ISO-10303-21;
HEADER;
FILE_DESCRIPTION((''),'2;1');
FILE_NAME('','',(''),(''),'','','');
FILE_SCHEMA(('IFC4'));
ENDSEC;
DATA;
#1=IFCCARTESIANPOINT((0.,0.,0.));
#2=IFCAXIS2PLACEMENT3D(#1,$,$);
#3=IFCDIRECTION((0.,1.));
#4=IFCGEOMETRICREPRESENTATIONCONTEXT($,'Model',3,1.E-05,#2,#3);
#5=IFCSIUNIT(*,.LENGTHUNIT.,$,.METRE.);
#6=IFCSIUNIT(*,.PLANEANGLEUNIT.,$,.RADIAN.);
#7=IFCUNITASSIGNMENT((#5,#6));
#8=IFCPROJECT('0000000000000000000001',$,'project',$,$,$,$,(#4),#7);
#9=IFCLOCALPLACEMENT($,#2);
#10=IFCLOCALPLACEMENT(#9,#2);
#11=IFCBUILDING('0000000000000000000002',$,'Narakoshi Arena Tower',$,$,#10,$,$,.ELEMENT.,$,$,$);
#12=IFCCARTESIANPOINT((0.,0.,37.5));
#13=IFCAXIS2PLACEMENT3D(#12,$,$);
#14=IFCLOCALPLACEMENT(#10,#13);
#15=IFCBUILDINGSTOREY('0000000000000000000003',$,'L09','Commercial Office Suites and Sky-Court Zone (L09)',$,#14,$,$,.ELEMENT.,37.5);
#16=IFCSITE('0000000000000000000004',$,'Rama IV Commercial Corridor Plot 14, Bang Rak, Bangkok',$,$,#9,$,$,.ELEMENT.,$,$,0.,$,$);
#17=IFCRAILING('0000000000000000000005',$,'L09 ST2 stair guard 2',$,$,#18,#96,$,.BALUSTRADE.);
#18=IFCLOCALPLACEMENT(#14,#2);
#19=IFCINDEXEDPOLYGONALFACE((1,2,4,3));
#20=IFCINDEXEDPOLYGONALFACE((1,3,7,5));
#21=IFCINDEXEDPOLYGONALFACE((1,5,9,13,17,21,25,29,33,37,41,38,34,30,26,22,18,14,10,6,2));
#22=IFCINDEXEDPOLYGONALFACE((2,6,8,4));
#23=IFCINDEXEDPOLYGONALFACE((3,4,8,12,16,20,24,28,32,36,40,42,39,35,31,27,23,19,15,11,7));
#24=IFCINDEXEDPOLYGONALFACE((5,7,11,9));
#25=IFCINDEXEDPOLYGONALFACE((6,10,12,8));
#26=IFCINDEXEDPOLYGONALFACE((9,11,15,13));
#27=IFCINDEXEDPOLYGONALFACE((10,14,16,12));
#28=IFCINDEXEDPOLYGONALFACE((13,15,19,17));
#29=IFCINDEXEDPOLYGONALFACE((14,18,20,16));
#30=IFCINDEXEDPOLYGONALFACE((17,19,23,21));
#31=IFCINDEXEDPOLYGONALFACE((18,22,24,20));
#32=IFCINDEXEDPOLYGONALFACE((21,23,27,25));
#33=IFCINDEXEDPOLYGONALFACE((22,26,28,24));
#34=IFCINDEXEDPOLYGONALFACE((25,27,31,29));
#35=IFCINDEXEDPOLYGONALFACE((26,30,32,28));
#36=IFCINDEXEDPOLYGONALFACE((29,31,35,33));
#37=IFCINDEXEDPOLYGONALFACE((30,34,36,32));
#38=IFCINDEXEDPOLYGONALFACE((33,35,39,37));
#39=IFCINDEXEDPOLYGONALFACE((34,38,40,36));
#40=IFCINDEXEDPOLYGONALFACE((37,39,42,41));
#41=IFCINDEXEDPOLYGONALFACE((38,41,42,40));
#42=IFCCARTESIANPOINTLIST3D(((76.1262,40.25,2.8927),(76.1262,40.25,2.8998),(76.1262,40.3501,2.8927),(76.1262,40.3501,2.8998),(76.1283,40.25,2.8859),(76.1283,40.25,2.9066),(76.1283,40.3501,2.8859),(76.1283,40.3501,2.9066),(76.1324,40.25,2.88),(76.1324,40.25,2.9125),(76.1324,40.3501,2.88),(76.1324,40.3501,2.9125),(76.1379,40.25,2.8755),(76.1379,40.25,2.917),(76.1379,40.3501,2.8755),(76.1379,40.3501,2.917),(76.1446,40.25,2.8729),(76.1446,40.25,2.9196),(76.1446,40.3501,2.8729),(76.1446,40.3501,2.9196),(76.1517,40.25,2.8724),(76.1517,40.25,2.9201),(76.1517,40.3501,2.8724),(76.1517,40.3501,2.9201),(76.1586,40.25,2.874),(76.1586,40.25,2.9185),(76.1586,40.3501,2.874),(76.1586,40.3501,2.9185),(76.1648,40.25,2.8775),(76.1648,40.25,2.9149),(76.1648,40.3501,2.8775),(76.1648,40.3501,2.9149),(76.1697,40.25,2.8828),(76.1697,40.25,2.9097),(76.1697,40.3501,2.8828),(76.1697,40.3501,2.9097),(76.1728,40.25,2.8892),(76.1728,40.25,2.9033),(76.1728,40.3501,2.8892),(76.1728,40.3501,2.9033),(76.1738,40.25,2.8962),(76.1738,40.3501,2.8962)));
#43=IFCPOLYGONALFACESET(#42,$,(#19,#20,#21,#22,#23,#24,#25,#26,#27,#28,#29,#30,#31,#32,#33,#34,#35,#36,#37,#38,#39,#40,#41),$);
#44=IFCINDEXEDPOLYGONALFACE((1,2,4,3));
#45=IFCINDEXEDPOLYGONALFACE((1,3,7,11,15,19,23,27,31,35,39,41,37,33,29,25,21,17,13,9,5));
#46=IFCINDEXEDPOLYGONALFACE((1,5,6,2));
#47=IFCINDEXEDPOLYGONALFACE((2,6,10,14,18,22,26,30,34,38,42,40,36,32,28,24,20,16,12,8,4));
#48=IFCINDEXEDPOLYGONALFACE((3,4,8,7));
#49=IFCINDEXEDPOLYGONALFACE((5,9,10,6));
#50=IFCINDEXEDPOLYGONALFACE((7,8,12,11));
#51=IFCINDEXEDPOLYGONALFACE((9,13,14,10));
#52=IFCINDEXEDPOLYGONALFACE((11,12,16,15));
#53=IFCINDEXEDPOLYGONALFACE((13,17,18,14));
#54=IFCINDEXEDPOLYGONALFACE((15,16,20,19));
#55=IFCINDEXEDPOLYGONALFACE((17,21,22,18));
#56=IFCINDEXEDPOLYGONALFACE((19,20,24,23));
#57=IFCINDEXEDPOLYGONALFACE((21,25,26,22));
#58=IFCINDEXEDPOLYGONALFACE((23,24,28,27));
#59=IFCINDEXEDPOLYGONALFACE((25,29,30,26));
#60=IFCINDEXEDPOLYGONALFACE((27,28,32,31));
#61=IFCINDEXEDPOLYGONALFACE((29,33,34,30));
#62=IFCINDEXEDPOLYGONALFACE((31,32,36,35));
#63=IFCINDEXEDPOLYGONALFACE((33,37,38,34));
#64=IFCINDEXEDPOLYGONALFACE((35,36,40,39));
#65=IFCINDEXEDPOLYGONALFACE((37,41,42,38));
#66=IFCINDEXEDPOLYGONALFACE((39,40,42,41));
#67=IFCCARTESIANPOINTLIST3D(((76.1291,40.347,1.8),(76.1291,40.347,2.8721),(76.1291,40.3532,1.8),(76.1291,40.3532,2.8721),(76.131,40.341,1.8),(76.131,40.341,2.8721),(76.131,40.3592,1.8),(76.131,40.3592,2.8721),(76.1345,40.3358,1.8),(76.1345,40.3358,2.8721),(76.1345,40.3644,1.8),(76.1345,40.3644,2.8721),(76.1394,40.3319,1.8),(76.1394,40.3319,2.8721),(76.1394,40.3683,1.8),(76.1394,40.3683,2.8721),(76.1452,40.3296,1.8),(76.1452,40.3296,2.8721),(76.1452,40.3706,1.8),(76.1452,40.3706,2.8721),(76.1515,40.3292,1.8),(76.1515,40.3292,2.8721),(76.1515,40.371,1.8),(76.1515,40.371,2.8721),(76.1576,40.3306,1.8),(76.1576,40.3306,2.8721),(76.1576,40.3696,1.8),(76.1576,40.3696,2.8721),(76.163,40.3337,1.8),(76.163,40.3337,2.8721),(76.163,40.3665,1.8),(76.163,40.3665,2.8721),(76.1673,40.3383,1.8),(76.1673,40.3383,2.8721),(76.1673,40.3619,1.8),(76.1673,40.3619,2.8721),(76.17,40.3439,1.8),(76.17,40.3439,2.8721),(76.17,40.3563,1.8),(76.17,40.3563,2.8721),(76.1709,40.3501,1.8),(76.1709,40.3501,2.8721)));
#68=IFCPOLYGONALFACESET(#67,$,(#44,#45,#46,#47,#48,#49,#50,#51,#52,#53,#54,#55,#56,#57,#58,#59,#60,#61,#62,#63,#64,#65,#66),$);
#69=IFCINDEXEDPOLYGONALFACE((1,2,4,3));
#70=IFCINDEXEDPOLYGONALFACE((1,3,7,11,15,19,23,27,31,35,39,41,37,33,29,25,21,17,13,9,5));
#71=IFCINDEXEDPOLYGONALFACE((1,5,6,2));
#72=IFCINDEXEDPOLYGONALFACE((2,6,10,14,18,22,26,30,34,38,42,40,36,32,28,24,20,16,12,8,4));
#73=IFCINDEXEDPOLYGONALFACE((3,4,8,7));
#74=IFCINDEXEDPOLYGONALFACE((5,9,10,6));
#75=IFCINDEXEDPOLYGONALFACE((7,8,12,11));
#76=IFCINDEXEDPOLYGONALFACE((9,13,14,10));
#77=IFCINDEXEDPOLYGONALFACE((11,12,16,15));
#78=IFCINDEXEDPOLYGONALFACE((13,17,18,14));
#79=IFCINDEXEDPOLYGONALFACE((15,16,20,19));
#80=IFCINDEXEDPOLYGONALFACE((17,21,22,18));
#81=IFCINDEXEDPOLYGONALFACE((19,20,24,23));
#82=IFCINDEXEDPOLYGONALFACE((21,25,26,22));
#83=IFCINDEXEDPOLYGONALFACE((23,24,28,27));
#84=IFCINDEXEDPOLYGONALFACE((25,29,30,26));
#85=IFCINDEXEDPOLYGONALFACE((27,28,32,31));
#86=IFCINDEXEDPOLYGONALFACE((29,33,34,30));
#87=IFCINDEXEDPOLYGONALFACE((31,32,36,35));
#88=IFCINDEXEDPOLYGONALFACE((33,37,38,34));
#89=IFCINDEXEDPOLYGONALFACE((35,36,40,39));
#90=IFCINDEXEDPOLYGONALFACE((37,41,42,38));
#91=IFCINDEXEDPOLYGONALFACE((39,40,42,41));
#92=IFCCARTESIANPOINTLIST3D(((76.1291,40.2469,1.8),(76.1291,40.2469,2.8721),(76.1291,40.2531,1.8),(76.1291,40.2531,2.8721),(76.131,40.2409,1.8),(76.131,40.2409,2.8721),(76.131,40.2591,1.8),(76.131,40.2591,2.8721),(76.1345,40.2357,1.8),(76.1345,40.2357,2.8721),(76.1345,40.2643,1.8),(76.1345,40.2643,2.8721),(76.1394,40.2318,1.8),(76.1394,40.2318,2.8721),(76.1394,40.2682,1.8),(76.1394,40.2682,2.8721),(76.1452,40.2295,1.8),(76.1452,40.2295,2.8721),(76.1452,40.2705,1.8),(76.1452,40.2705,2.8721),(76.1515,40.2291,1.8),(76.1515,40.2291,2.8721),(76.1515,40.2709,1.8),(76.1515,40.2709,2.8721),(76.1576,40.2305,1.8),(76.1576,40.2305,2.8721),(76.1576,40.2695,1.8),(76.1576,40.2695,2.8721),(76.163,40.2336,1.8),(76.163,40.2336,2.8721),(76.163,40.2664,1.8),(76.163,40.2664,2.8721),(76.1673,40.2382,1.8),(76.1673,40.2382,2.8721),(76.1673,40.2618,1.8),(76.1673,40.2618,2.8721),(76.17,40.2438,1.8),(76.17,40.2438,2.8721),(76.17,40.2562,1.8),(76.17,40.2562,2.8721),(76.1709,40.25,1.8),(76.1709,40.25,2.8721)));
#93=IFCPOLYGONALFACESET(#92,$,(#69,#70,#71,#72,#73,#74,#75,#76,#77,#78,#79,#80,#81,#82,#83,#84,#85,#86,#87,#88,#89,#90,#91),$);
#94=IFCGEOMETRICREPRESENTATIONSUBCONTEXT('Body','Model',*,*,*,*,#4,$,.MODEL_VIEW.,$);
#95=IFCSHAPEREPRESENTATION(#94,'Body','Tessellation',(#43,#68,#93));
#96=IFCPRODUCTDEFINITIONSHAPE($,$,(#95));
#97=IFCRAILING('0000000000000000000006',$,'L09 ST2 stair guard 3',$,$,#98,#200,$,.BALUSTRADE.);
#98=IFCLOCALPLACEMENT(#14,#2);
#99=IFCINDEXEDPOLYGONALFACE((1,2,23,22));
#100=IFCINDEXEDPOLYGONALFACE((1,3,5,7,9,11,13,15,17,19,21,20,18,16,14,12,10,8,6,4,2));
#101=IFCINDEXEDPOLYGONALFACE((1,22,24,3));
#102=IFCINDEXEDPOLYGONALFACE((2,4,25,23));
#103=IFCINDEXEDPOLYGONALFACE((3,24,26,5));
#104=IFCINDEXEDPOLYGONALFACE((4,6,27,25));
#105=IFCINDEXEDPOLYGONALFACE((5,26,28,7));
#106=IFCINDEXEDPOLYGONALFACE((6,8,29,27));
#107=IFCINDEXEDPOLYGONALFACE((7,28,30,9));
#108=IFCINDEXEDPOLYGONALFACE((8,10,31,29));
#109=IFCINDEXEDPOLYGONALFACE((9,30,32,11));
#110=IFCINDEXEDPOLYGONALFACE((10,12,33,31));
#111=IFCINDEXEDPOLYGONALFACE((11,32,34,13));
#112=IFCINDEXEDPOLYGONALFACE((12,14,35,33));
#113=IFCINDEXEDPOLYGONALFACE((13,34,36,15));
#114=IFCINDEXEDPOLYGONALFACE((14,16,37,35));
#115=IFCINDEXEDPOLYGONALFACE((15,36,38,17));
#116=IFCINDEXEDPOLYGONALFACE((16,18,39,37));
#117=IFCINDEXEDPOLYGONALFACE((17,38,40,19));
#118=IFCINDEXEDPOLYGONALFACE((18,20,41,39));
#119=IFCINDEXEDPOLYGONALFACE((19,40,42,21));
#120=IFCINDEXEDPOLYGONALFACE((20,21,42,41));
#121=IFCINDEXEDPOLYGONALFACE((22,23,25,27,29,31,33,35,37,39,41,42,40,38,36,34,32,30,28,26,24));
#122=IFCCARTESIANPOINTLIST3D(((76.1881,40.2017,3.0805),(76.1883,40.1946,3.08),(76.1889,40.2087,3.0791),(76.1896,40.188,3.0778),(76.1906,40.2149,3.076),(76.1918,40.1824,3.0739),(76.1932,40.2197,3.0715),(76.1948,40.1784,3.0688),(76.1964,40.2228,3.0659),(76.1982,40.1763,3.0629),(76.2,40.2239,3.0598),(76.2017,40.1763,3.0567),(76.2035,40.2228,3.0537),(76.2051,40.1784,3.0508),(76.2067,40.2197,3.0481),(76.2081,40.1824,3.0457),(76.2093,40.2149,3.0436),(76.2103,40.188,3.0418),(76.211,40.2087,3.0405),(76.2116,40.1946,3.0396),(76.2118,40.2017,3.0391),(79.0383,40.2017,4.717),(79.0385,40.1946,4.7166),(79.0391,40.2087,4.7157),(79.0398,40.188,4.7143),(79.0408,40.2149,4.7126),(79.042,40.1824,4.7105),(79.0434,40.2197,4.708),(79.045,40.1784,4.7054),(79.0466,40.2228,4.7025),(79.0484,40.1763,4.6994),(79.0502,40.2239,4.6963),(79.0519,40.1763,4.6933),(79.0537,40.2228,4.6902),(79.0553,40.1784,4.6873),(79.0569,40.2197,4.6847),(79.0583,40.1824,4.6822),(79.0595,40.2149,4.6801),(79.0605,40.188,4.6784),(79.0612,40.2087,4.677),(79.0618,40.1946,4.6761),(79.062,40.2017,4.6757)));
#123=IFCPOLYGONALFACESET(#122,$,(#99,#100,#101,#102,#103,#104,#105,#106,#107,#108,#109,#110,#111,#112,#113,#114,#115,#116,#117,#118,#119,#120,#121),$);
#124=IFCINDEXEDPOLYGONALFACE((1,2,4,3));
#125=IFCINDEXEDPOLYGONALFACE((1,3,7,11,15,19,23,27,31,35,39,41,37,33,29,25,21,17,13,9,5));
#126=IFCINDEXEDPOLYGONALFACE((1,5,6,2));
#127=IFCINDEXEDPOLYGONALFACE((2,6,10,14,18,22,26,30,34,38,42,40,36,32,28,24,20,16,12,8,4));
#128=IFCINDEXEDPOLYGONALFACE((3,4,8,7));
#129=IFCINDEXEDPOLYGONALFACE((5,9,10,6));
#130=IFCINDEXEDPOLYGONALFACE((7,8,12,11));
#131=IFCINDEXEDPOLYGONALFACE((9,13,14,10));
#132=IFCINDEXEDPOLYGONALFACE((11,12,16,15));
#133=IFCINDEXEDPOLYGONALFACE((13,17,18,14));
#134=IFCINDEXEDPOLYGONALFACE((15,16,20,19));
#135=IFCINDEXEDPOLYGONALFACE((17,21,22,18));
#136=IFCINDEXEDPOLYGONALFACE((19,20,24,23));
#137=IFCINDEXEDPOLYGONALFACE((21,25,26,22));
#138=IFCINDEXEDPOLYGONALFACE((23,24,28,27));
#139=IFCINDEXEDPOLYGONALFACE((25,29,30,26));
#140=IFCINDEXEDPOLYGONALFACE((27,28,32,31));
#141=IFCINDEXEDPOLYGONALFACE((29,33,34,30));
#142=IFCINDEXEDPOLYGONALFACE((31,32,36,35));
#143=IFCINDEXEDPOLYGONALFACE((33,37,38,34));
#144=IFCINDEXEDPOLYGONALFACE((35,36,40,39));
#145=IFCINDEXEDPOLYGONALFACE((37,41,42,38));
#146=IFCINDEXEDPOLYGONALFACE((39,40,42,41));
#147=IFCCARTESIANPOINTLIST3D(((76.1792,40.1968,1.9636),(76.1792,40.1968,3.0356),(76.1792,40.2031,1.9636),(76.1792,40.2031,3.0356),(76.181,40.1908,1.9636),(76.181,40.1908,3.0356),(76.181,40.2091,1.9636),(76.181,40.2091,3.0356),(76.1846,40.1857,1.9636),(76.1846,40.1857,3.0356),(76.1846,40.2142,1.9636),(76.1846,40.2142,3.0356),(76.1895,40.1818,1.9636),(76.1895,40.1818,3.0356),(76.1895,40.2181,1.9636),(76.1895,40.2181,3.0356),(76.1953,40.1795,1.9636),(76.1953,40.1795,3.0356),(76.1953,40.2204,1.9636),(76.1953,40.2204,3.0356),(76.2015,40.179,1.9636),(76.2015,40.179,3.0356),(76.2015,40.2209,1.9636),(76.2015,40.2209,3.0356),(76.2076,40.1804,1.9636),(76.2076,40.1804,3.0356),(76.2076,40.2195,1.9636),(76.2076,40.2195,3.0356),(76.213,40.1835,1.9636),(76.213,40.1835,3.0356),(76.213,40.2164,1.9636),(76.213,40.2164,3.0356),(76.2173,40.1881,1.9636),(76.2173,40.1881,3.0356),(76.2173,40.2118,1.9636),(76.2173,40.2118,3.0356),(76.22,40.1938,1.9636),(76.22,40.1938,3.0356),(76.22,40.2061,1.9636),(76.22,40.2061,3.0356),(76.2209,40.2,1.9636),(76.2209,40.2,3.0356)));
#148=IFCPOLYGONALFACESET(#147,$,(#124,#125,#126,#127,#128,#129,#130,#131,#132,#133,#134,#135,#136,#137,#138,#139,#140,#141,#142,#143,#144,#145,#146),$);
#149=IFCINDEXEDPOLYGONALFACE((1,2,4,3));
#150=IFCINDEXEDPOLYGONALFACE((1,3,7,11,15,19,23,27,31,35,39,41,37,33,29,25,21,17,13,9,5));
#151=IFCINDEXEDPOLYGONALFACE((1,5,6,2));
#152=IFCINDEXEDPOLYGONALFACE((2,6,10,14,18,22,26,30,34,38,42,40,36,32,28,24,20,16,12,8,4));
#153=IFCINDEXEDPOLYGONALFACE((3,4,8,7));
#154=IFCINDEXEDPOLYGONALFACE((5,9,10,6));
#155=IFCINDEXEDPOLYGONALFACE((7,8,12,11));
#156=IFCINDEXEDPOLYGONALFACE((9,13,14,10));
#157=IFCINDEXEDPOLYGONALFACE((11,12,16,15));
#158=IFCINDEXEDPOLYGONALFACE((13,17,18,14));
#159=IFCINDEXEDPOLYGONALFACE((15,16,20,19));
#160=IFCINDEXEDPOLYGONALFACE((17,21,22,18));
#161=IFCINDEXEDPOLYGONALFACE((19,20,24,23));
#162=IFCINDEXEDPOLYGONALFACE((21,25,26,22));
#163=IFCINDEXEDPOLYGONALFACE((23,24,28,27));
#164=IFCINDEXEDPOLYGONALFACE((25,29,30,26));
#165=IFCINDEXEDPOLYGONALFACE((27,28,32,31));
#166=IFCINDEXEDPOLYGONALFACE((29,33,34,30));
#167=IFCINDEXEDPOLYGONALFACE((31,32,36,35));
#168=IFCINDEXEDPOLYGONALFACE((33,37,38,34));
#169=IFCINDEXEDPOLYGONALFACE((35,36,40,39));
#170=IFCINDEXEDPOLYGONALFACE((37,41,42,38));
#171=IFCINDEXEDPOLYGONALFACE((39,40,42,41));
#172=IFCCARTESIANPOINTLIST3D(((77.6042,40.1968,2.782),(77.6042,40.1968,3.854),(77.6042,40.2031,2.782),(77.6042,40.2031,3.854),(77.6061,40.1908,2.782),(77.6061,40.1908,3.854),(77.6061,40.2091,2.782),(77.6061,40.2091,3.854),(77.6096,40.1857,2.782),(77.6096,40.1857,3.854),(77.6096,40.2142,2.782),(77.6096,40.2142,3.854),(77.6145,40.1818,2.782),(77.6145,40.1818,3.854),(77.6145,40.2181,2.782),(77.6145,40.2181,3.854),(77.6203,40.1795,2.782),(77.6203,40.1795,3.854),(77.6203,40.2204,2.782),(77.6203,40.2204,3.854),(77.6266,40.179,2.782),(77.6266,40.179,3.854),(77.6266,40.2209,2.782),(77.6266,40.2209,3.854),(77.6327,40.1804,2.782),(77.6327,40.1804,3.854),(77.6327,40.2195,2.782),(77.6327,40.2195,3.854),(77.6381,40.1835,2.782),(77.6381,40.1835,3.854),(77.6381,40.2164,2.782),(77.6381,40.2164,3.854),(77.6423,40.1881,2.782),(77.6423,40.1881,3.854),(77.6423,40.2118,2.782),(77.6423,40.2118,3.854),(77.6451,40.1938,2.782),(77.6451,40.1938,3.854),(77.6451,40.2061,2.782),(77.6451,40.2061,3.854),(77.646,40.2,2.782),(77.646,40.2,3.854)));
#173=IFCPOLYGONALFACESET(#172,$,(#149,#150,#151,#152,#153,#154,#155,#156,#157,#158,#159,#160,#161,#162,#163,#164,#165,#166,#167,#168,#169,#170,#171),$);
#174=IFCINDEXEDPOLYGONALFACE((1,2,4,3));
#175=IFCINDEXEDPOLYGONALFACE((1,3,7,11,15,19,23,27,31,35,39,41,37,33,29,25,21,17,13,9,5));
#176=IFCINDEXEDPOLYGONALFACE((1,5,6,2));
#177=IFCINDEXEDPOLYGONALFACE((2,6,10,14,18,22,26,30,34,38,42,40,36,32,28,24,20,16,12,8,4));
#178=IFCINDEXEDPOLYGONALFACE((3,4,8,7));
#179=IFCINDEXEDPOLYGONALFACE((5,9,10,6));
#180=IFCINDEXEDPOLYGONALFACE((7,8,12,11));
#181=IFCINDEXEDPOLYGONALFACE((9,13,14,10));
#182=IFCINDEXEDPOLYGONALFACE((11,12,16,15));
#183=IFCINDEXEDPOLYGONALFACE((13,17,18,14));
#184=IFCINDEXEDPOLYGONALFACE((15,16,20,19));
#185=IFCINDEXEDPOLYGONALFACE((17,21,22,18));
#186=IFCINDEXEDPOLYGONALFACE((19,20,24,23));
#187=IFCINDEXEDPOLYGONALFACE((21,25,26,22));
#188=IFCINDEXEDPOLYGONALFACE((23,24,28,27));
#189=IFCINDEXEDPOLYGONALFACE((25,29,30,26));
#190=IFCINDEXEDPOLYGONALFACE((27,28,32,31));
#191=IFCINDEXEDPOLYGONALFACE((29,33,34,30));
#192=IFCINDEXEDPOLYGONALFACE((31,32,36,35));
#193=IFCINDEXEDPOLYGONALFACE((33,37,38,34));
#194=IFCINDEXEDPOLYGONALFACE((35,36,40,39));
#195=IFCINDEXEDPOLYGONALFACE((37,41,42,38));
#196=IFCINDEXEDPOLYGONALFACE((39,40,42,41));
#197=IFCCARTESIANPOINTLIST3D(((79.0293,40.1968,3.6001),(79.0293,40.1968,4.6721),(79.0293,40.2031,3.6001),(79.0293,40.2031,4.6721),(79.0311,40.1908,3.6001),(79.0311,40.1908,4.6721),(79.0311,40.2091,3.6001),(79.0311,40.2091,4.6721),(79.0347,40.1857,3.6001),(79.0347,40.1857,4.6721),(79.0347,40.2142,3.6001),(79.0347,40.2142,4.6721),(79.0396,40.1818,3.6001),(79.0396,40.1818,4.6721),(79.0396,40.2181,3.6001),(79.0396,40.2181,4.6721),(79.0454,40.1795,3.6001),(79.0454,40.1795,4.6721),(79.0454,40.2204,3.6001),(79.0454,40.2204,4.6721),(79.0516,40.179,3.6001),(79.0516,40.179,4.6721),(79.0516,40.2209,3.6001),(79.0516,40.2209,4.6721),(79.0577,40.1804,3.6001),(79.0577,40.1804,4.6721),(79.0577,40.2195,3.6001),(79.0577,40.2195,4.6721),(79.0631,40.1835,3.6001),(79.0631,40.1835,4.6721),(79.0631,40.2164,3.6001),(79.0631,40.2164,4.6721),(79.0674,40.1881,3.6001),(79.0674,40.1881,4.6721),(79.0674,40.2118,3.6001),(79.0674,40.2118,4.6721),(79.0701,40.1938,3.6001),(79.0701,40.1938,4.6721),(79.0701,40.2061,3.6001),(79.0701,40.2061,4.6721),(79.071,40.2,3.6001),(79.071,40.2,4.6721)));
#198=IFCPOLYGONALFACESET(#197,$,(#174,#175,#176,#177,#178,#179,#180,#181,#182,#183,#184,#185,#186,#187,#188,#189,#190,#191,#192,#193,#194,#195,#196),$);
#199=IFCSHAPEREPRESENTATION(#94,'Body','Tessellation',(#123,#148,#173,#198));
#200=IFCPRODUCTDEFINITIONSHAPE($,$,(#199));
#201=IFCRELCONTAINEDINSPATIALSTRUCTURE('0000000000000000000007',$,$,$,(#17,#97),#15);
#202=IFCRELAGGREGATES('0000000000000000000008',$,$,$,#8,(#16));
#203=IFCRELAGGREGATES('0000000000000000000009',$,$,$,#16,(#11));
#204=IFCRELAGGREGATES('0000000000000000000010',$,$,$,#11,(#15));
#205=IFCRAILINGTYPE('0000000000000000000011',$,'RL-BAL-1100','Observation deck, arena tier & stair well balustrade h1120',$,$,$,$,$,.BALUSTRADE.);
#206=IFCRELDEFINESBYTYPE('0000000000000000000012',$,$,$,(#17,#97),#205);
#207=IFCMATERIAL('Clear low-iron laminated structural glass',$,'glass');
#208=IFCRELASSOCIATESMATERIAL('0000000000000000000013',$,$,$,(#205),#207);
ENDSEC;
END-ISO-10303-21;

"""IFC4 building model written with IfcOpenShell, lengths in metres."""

from ifc_helpers import new_model, si_unit, direction, frame, origin, origin_2d, place, context, subcontext, project, spatial, circle, extrude, material, type_object, element, save


model = new_model("IFC4")

# Units and contexts
model_context = context("Model", 3, precision=1e-05, world=origin(), true_north=direction((0.0, 1.0)))
body_context = subcontext(model_context, "Body", "Model", "MODEL_VIEW")
ifc_project = project(units=[si_unit("LENGTHUNIT", "METRE"), si_unit("PLANEANGLEUNIT", "RADIAN")], contexts=[model_context])

# Site, building, storey
site_placement = place(None, origin())
site = spatial("IfcSite", under=ifc_project, at=site_placement, Name="Rama IV Commercial Corridor Plot 14, Bang Rak, Bangkok", CompositionType="ELEMENT", RefElevation=0.0)
building_placement = place(site_placement, origin())
building = spatial("IfcBuilding", under=site, at=building_placement, Name="Narakoshi Arena Tower", CompositionType="ELEMENT")
storey_placement = place(building_placement, frame((0.0, 0.0, 37.5)))
storey = spatial("IfcBuildingStorey", under=building, at=storey_placement, Name="L09", Description="Commercial Office Suites and Sky-Court Zone (L09)", CompositionType="ELEMENT", Elevation=37.5)

# Railings
ifc_material_1 = material(Name="Clear low-iron laminated structural glass", Category="glass")
railing_type_1 = type_object("IfcRailingType", Name="RL-BAL-1100", Description="Observation deck, arena tier & stair well balustrade h1120", PredefinedType="BALUSTRADE", material=ifc_material_1)
railing_1_placement = place(storey_placement, frame((76.1499, 40.3501, 1.8)))
element("IfcRailing", 1, at=railing_1_placement, inside=storey, type_object=railing_type_1, Name="L09 ST2 stair guard 2", PredefinedType="BALUSTRADE", context=body_context, shape_type="SweptSolid", body=[
    extrude(circle(Radius=0.0239, at=origin_2d()), frame((0.0, 0.0, 1.0962), z_axis=(0.0, -1.0, 0.0), x_axis=(1.0, 0.0, 0.0)), (0.0, 0.0, 1.0), 0.1001),
    extrude(circle(Radius=0.021, at=origin_2d()), origin(), (0.0, 0.0, 1.0), 1.072),
    extrude(circle(Radius=0.021, at=origin_2d()), frame((0.0, -0.1001, 0.0)), (0.0, 0.0, 1.0), 1.072),
])
railing_2_placement = place(storey_placement, frame((76.2, 40.2, 1.9636)))
element("IfcRailing", 2, at=railing_2_placement, inside=storey, type_object=railing_type_1, Name="L09 ST2 stair guard 3", PredefinedType="BALUSTRADE", context=body_context, shape_type="SweptSolid", body=[
    extrude(circle(Radius=0.0239, at=origin_2d()), frame((0.0, 0.0, 1.0962), z_axis=(0.867213, 0.0, 0.497938), x_axis=(0.0, 1.0, 0.0)), (0.0, 0.0, 1.0), 3.2866),
    extrude(circle(Radius=0.021, at=origin_2d()), origin(), (0.0, 0.0, 1.0), 1.072),
    extrude(circle(Radius=0.021, at=origin_2d()), frame((1.425, 0.0, 0.8184)), (0.0, 0.0, 1.0), 1.072),
    extrude(circle(Radius=0.021, at=origin_2d()), frame((2.8501, 0.0, 1.6365)), (0.0, 0.0, 1.0), 1.072),
])

save(model, "model.ifc")
